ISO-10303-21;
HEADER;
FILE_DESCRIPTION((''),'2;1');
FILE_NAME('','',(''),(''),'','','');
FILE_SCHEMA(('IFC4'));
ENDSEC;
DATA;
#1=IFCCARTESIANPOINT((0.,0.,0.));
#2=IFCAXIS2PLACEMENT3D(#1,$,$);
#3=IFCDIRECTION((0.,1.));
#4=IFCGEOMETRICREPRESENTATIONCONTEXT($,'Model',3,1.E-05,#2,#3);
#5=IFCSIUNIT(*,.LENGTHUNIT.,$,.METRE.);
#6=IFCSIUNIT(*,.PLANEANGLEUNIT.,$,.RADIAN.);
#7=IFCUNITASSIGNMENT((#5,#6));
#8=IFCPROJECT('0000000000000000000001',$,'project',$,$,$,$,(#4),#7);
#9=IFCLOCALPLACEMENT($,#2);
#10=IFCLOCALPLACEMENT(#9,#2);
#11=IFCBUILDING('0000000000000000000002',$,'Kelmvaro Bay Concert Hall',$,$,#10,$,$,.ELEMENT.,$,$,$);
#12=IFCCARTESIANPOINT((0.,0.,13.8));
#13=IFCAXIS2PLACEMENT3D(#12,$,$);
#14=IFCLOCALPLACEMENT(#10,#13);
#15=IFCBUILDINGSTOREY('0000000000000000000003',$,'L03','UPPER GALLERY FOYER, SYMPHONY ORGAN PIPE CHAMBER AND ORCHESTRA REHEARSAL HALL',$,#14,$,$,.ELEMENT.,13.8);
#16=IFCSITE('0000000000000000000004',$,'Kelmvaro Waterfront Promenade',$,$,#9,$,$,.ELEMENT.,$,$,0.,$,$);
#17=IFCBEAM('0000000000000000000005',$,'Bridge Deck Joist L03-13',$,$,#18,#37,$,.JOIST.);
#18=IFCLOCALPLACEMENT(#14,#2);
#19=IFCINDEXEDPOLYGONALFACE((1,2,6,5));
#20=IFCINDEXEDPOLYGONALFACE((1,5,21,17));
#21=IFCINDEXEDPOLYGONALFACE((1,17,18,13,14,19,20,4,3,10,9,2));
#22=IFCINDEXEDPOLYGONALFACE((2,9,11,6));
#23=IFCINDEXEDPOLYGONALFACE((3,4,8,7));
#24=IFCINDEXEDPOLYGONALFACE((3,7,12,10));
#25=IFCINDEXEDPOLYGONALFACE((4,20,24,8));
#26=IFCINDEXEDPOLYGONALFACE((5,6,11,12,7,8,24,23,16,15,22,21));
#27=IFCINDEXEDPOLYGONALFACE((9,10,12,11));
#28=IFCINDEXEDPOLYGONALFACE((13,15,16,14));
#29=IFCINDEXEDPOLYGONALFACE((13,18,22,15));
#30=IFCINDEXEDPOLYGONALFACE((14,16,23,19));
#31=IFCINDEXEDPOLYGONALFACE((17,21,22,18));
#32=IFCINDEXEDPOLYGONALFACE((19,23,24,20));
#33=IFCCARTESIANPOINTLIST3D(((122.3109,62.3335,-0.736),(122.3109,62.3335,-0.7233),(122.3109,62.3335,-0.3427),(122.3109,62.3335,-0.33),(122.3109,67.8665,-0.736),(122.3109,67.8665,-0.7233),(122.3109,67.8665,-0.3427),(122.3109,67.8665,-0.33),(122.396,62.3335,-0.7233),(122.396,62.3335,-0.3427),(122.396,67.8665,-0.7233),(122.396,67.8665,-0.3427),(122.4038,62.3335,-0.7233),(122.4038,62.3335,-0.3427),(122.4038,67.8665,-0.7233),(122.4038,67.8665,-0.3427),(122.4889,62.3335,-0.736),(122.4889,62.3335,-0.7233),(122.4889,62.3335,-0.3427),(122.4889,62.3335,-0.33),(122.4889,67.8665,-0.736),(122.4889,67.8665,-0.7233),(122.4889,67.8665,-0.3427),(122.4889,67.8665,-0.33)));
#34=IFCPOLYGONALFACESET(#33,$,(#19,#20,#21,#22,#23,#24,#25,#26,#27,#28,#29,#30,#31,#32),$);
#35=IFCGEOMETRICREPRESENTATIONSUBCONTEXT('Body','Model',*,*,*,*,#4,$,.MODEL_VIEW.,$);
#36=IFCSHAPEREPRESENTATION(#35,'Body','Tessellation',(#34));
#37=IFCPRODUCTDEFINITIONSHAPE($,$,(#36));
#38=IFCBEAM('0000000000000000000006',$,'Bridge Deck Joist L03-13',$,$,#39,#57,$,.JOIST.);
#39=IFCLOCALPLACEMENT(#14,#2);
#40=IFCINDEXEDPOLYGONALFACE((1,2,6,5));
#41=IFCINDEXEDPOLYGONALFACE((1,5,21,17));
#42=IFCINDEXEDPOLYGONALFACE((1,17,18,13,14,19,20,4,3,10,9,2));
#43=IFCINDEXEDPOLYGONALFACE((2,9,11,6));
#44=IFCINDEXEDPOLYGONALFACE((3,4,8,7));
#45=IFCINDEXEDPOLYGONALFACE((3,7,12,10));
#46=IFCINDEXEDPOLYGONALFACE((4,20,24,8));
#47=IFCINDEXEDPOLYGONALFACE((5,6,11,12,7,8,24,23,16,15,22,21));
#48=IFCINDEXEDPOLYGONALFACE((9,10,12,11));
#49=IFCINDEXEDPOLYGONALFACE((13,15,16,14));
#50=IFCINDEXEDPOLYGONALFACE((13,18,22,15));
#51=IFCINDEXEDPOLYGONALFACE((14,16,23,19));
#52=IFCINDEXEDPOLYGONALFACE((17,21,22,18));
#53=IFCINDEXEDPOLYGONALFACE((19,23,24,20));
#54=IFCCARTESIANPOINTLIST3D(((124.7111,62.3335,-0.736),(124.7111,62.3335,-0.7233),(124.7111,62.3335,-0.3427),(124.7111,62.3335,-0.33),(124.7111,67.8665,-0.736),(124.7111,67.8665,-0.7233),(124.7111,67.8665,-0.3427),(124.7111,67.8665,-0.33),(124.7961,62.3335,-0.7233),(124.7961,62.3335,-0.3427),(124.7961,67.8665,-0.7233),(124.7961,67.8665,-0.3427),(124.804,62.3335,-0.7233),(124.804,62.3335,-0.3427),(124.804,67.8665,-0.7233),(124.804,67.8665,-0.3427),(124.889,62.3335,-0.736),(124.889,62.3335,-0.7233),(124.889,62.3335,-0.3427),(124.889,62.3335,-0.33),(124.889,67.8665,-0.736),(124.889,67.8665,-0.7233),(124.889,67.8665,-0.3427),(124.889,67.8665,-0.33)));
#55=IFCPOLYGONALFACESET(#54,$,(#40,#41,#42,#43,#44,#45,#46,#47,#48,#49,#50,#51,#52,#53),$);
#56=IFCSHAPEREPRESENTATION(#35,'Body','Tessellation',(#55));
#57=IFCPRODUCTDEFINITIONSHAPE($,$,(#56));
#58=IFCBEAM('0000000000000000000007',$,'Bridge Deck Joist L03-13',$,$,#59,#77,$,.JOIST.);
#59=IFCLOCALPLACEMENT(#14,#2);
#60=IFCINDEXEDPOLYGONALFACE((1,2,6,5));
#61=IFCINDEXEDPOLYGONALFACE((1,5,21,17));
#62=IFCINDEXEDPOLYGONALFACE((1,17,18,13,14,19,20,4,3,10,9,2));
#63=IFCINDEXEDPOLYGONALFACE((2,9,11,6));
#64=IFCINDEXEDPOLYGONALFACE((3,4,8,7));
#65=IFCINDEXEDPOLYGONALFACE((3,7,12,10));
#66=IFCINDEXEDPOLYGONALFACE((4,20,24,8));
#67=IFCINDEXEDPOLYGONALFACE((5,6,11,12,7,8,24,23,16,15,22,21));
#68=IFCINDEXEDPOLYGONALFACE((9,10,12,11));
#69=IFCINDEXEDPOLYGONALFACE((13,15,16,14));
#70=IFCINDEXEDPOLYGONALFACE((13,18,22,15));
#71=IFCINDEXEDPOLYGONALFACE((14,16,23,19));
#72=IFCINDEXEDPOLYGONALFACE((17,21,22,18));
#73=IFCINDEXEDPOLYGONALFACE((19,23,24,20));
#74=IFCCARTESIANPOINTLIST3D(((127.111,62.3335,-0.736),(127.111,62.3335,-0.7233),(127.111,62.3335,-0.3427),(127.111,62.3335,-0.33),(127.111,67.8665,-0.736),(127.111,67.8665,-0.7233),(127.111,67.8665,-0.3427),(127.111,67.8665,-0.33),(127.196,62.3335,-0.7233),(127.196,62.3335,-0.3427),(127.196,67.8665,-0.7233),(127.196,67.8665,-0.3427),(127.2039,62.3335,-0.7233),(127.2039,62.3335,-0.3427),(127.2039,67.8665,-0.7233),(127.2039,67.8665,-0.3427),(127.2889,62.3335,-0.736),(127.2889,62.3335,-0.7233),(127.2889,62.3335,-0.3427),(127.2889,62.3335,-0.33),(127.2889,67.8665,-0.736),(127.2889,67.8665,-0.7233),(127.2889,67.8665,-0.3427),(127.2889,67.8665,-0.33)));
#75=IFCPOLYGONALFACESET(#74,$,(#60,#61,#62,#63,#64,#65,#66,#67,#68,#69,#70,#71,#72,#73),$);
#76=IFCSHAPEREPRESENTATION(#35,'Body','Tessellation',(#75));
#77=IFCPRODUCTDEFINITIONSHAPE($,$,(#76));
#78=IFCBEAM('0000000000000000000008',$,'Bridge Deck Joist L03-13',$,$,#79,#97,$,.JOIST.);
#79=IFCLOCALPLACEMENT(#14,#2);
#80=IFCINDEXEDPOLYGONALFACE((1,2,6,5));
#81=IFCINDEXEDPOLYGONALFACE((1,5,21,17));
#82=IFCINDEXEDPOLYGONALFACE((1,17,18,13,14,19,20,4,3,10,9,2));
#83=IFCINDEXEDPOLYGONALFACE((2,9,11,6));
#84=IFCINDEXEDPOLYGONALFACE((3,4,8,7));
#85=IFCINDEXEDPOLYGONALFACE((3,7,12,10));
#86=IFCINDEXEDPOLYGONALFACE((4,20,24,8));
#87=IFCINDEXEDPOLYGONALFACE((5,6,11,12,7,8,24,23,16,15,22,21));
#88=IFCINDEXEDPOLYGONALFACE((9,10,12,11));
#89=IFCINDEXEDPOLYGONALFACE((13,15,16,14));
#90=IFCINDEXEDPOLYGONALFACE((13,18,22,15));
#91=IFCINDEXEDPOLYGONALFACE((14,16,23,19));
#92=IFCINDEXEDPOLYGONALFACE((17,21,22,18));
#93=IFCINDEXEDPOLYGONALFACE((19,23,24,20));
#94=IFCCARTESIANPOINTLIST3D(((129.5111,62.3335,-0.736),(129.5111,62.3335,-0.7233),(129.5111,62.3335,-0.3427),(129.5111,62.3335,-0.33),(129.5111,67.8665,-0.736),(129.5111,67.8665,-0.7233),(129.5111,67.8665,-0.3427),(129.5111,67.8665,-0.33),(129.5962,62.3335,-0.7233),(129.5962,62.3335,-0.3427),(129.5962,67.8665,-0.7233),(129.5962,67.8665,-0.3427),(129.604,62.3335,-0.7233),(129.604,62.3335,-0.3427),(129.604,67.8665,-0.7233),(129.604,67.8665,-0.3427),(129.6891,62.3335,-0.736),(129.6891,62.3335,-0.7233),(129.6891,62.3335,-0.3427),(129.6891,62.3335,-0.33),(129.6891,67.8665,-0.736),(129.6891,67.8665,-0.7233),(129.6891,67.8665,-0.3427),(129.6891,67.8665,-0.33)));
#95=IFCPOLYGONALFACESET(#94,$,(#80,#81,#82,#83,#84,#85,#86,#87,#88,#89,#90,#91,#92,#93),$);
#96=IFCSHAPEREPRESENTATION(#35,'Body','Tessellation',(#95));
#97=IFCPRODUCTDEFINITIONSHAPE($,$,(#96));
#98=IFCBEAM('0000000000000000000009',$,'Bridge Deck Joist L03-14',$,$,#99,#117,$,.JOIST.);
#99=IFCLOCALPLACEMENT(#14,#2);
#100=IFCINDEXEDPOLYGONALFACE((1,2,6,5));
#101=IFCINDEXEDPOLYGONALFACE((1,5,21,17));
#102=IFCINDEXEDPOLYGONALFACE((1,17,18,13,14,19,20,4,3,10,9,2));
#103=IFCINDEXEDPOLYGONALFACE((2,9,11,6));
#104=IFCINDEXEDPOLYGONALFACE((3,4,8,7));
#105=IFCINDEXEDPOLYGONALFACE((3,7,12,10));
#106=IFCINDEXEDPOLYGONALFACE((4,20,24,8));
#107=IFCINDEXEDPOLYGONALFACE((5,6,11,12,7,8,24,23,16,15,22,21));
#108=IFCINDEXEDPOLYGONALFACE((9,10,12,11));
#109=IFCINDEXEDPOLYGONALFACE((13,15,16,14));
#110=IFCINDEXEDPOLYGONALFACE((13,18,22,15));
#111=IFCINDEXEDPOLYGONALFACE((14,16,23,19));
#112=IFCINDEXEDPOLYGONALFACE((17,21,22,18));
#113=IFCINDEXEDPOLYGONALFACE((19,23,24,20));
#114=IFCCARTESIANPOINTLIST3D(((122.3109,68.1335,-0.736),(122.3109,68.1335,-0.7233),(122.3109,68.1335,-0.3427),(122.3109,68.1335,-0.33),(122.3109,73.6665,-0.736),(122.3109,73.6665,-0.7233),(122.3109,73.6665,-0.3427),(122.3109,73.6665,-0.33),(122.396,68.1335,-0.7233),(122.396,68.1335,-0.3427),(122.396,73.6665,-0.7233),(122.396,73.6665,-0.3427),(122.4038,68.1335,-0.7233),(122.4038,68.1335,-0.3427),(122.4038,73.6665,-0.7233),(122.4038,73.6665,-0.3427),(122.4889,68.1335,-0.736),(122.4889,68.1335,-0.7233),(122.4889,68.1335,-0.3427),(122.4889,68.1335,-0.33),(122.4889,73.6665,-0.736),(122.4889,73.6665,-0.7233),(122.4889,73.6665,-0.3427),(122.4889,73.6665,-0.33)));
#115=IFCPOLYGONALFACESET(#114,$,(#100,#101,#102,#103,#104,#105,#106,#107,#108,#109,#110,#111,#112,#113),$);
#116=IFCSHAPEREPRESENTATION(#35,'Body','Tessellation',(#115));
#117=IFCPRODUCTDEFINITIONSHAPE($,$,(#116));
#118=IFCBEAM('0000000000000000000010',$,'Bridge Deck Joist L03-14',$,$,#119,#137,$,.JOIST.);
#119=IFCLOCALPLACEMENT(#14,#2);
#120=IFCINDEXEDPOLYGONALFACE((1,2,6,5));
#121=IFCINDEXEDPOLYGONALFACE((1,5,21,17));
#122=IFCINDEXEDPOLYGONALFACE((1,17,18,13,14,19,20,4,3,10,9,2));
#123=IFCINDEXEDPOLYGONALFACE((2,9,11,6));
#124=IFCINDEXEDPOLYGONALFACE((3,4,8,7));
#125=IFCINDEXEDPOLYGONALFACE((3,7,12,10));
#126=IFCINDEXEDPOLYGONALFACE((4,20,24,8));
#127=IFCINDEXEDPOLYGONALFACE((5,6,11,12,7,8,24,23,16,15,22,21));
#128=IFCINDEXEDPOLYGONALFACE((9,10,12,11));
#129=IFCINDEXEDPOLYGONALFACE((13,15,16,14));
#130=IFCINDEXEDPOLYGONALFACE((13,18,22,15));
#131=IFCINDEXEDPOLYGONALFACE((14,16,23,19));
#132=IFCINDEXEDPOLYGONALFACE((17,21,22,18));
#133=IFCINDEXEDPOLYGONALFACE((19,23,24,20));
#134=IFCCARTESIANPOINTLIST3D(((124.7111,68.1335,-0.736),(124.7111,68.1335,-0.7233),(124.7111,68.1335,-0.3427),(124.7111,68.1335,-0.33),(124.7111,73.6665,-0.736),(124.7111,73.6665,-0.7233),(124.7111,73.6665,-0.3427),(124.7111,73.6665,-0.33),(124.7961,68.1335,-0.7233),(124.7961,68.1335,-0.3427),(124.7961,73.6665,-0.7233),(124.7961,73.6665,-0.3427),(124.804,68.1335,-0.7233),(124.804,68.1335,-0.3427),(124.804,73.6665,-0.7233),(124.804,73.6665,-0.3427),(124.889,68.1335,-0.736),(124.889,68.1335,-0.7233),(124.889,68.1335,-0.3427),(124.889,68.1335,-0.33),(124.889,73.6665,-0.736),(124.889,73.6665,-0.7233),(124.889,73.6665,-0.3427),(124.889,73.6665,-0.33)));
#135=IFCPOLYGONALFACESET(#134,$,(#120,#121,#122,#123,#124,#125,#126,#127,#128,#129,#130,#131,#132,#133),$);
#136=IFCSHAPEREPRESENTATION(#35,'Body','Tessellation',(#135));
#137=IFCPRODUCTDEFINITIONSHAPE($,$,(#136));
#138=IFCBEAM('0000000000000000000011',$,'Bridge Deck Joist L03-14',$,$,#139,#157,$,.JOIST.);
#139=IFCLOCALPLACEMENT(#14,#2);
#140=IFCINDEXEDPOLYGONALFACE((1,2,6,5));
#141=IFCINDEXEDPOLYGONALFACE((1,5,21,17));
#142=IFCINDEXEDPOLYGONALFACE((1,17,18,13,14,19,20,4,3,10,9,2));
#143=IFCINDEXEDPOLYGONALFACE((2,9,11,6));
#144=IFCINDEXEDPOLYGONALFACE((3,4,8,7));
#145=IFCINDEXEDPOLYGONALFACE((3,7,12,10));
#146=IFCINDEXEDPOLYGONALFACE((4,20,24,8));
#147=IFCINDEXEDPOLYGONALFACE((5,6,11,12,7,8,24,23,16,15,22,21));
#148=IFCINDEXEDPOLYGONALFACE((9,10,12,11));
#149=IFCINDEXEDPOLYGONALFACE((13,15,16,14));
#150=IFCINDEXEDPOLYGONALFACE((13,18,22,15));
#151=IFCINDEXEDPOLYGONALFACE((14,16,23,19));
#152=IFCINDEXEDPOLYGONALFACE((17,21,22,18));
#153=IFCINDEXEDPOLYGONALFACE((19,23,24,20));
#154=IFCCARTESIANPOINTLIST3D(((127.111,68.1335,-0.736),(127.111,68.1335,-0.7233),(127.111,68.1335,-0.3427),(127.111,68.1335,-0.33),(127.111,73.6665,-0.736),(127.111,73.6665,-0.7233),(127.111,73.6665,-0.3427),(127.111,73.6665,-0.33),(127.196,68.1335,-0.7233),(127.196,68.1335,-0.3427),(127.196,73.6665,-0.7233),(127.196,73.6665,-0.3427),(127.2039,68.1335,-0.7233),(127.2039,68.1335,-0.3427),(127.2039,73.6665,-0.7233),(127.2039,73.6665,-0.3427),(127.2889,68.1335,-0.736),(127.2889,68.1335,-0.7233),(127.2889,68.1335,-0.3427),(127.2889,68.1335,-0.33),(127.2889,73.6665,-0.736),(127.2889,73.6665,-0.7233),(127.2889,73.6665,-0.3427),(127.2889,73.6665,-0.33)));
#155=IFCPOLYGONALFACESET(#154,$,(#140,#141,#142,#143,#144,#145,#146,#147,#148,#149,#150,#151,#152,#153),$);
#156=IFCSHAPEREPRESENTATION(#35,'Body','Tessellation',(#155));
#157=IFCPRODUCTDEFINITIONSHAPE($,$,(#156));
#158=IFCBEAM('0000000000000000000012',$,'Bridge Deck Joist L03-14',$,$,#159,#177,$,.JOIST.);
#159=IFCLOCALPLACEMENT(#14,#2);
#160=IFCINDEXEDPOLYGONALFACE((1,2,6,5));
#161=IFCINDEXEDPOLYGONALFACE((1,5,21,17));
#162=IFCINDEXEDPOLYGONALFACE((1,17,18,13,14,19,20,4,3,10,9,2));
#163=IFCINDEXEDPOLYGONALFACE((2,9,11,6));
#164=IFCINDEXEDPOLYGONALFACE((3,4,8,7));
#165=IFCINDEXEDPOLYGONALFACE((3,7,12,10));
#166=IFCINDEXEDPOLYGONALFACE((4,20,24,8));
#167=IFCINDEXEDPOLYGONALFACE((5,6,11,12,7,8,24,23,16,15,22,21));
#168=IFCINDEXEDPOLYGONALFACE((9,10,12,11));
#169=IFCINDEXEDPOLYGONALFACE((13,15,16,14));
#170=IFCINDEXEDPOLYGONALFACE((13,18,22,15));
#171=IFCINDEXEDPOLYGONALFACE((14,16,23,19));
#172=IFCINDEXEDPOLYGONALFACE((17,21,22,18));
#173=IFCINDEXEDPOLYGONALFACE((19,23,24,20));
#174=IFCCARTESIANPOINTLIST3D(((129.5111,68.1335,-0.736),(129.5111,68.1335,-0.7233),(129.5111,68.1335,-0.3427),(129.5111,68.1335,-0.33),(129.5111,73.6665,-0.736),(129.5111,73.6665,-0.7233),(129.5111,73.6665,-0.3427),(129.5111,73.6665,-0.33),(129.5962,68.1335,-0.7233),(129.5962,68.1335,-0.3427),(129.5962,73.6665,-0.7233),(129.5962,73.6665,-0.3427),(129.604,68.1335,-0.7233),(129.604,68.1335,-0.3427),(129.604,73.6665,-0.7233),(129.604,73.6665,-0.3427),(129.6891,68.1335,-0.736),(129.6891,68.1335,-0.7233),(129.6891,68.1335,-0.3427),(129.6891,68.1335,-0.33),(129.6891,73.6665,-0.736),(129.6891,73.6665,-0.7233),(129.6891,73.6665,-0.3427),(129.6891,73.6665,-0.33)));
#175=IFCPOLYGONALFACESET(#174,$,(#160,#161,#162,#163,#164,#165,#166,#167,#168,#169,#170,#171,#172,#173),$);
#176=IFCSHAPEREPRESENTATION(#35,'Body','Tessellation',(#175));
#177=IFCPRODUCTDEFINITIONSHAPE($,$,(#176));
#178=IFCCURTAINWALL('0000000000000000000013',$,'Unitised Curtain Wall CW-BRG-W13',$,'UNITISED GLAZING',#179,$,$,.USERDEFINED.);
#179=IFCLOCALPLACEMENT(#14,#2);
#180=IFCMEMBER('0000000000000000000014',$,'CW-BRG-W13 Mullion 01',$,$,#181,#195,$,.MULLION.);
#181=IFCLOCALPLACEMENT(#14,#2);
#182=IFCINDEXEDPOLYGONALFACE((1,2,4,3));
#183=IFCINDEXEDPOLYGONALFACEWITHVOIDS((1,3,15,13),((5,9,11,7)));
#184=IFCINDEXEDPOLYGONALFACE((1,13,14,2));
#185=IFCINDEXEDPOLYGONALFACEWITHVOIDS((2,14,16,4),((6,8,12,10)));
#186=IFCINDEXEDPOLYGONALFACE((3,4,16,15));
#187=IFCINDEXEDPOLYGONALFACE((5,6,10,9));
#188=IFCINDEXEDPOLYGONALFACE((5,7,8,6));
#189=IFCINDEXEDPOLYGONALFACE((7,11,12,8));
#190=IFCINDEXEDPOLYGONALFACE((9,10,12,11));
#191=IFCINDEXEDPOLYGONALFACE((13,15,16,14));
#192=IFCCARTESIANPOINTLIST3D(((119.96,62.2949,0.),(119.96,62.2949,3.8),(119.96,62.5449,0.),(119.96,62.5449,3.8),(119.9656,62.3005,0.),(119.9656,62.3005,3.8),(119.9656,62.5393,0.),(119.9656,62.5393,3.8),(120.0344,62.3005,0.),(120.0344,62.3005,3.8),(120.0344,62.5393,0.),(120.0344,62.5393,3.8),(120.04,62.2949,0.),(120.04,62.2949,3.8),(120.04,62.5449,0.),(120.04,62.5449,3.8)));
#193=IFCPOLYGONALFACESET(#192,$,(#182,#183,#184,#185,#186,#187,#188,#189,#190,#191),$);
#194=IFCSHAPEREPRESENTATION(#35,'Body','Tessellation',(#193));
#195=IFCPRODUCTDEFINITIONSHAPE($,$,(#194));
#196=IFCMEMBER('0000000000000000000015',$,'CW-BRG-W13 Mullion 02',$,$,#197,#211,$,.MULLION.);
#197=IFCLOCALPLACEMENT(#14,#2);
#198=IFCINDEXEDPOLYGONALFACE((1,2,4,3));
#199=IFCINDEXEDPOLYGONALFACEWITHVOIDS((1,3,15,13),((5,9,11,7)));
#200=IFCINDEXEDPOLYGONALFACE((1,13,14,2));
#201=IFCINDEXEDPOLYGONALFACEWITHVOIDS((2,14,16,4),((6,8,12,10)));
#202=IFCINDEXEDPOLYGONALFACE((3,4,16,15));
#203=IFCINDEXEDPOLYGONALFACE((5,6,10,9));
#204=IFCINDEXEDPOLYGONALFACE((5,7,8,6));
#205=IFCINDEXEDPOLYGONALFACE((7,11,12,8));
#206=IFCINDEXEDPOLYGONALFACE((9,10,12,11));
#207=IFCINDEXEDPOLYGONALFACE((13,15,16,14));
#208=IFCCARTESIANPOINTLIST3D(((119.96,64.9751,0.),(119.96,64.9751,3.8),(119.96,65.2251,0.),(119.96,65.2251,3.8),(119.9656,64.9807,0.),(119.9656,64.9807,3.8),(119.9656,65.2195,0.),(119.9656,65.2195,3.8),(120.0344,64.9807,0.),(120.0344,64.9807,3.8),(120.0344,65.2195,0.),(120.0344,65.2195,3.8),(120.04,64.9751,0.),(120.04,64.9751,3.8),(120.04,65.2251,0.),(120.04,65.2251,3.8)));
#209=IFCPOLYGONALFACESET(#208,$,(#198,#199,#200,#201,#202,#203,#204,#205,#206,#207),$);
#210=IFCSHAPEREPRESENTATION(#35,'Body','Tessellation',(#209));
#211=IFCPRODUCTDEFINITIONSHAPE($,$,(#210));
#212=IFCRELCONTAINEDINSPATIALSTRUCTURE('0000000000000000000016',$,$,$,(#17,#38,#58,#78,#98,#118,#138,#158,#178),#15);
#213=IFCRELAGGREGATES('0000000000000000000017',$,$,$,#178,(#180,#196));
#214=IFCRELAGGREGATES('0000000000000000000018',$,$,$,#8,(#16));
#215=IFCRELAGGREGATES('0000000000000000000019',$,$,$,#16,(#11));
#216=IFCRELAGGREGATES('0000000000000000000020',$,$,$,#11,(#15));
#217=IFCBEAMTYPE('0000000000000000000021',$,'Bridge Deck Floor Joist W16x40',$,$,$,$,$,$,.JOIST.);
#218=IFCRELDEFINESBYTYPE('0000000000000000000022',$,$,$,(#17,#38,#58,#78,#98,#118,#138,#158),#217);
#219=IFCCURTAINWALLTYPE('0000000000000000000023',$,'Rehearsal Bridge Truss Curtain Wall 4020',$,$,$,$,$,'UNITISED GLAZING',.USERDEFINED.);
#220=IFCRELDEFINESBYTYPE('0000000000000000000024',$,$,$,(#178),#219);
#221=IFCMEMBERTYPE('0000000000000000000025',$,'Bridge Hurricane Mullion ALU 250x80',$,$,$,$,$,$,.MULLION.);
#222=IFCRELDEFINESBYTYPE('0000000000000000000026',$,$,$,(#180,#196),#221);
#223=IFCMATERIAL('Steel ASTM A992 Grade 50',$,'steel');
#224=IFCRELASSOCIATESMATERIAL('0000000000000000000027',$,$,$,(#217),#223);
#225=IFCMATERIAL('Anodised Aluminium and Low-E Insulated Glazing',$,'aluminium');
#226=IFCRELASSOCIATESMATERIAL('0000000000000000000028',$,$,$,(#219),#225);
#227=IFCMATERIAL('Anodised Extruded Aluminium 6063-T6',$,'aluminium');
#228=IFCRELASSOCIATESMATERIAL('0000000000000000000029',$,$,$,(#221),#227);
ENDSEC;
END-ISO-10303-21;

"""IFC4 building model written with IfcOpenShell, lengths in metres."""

from ifc_helpers import new_model, si_unit, direction, frame, origin, origin_2d, place, context, subcontext, project, spatial, hollow_rectangle, i_section, extrude, material, material_profile, profile_set, type_object, element, aggregate, save


model = new_model("IFC4")

# Units and contexts
model_context = context("Model", 3, precision=1e-05, world=origin(), true_north=direction((0.0, 1.0)))
body_context = subcontext(model_context, "Body", "Model", "MODEL_VIEW")
ifc_project = project(units=[si_unit("LENGTHUNIT", "METRE"), si_unit("PLANEANGLEUNIT", "RADIAN")], contexts=[model_context])

# Site, building, storey
site_placement = place(None, origin())
site = spatial("IfcSite", under=ifc_project, at=site_placement, Name="Kelmvaro Waterfront Promenade", CompositionType="ELEMENT", RefElevation=0.0)
building_placement = place(site_placement, origin())
building = spatial("IfcBuilding", under=site, at=building_placement, Name="Kelmvaro Bay Concert Hall", CompositionType="ELEMENT")
storey_placement = place(building_placement, frame((0.0, 0.0, 13.8)))
storey = spatial("IfcBuildingStorey", under=building, at=storey_placement, Name="L03", Description="UPPER GALLERY FOYER, SYMPHONY ORGAN PIPE CHAMBER AND ORCHESTRA REHEARSAL HALL", CompositionType="ELEMENT", Elevation=13.8)

# Beams
ifc_material_1 = material(Name="Steel ASTM A992 Grade 50", Category="steel")
ifc_material_profile_1 = material_profile(ifc_material_1, i_section(OverallWidth=0.178, OverallDepth=0.406, WebThickness=0.0078, FlangeThickness=0.0127, at=origin_2d()), Name="W16X40")
ifc_profile_set_1 = profile_set([ifc_material_profile_1], Name="Steel ASTM A992 Grade 50")
beam_type_1 = type_object("IfcBeamType", Name="Bridge Deck Floor Joist W16x40", PredefinedType="JOIST", material=ifc_profile_set_1)
for number, where, z_axis, x_axis, name in (
    (1, (122.3999, 62.3335, -0.533), (0.0, 1.0, 0.0), (-1.0, 0.0, 0.0), "Bridge Deck Joist L03-13"),
    (2, (124.8, 62.3335, -0.533), (0.0, 1.0, 0.0), (-1.0, 0.0, 0.0), "Bridge Deck Joist L03-13"),
    (3, (127.2, 62.3335, -0.533), (0.0, 1.0, 0.0), (-1.0, 0.0, 0.0), "Bridge Deck Joist L03-13"),
    (4, (129.6001, 62.3335, -0.533), (0.0, 1.0, 0.0), (-1.0, 0.0, 0.0), "Bridge Deck Joist L03-13"),
    (5, (122.3999, 68.1335, -0.533), (0.0, 1.0, 0.0), (-1.0, 0.0, 0.0), "Bridge Deck Joist L03-14"),
    (6, (124.8, 68.1335, -0.533), (0.0, 1.0, 0.0), (-1.0, 0.0, 0.0), "Bridge Deck Joist L03-14"),
    (7, (127.2, 68.1335, -0.533), (0.0, 1.0, 0.0), (-1.0, 0.0, 0.0), "Bridge Deck Joist L03-14"),
    (8, (129.6001, 68.1335, -0.533), (0.0, 1.0, 0.0), (-1.0, 0.0, 0.0), "Bridge Deck Joist L03-14"),
):
    element("IfcBeam", number, at=place(storey_placement, frame(where, z_axis=z_axis, x_axis=x_axis)), inside=storey, type_object=beam_type_1, Name=name, PredefinedType="JOIST", context=body_context, shape_type="SweptSolid", body=[
        extrude(i_section(OverallWidth=0.178, OverallDepth=0.406, WebThickness=0.0078, FlangeThickness=0.0127, at=origin_2d()), origin(), (0.0, 0.0, 1.0), 5.533),
    ])

# Curtain wall, members
ifc_material_2 = material(Name="Anodised Aluminium and Low-E Insulated Glazing", Category="aluminium")
curtain_wall_type = type_object("IfcCurtainWallType", Name="Rehearsal Bridge Truss Curtain Wall 4020", ElementType="UNITISED GLAZING", PredefinedType="USERDEFINED", material=ifc_material_2)
curtain_wall_1_placement = place(storey_placement, origin())
curtain_wall_1 = element("IfcCurtainWall", 9, at=curtain_wall_1_placement, inside=storey, type_object=curtain_wall_type, Name="Unitised Curtain Wall CW-BRG-W13", ObjectType="UNITISED GLAZING", PredefinedType="USERDEFINED")
ifc_material_3 = material(Name="Anodised Extruded Aluminium 6063-T6", Category="aluminium")
ifc_material_profile_2 = material_profile(ifc_material_3, hollow_rectangle(XDim=0.0801, YDim=0.25, WallThickness=0.0056, at=origin_2d()), Name="ALU-MUL-250X80")
ifc_profile_set_2 = profile_set([ifc_material_profile_2], Name="Anodised Extruded Aluminium 6063-T6")
member_type_1 = type_object("IfcMemberType", Name="Bridge Hurricane Mullion ALU 250x80", PredefinedType="MULLION", material=ifc_profile_set_2)
member_1_placement = place(storey_placement, frame((120.0, 62.4199, 0.0), z_axis=(0.0, 0.0, 1.0), x_axis=(1.0, 0.0, 0.0)))
member_1 = element("IfcMember", 10, at=member_1_placement, type_object=member_type_1, Name="CW-BRG-W13 Mullion 01", PredefinedType="MULLION", context=body_context, shape_type="SweptSolid", body=[
    extrude(hollow_rectangle(XDim=0.0801, YDim=0.25, WallThickness=0.0056, at=origin_2d()), origin(), (0.0, 0.0, 1.0), 3.8),
])
member_2_placement = place(storey_placement, frame((120.0, 65.1001, 0.0), z_axis=(0.0, 0.0, 1.0), x_axis=(1.0, 0.0, 0.0)))
member_2 = element("IfcMember", 11, at=member_2_placement, type_object=member_type_1, Name="CW-BRG-W13 Mullion 02", PredefinedType="MULLION", context=body_context, shape_type="SweptSolid", body=[
    extrude(hollow_rectangle(XDim=0.0801, YDim=0.25, WallThickness=0.0056, at=origin_2d()), origin(), (0.0, 0.0, 1.0), 3.8),
])

aggregate(curtain_wall_1, [member_1, member_2])

save(model, "model.ifc")
